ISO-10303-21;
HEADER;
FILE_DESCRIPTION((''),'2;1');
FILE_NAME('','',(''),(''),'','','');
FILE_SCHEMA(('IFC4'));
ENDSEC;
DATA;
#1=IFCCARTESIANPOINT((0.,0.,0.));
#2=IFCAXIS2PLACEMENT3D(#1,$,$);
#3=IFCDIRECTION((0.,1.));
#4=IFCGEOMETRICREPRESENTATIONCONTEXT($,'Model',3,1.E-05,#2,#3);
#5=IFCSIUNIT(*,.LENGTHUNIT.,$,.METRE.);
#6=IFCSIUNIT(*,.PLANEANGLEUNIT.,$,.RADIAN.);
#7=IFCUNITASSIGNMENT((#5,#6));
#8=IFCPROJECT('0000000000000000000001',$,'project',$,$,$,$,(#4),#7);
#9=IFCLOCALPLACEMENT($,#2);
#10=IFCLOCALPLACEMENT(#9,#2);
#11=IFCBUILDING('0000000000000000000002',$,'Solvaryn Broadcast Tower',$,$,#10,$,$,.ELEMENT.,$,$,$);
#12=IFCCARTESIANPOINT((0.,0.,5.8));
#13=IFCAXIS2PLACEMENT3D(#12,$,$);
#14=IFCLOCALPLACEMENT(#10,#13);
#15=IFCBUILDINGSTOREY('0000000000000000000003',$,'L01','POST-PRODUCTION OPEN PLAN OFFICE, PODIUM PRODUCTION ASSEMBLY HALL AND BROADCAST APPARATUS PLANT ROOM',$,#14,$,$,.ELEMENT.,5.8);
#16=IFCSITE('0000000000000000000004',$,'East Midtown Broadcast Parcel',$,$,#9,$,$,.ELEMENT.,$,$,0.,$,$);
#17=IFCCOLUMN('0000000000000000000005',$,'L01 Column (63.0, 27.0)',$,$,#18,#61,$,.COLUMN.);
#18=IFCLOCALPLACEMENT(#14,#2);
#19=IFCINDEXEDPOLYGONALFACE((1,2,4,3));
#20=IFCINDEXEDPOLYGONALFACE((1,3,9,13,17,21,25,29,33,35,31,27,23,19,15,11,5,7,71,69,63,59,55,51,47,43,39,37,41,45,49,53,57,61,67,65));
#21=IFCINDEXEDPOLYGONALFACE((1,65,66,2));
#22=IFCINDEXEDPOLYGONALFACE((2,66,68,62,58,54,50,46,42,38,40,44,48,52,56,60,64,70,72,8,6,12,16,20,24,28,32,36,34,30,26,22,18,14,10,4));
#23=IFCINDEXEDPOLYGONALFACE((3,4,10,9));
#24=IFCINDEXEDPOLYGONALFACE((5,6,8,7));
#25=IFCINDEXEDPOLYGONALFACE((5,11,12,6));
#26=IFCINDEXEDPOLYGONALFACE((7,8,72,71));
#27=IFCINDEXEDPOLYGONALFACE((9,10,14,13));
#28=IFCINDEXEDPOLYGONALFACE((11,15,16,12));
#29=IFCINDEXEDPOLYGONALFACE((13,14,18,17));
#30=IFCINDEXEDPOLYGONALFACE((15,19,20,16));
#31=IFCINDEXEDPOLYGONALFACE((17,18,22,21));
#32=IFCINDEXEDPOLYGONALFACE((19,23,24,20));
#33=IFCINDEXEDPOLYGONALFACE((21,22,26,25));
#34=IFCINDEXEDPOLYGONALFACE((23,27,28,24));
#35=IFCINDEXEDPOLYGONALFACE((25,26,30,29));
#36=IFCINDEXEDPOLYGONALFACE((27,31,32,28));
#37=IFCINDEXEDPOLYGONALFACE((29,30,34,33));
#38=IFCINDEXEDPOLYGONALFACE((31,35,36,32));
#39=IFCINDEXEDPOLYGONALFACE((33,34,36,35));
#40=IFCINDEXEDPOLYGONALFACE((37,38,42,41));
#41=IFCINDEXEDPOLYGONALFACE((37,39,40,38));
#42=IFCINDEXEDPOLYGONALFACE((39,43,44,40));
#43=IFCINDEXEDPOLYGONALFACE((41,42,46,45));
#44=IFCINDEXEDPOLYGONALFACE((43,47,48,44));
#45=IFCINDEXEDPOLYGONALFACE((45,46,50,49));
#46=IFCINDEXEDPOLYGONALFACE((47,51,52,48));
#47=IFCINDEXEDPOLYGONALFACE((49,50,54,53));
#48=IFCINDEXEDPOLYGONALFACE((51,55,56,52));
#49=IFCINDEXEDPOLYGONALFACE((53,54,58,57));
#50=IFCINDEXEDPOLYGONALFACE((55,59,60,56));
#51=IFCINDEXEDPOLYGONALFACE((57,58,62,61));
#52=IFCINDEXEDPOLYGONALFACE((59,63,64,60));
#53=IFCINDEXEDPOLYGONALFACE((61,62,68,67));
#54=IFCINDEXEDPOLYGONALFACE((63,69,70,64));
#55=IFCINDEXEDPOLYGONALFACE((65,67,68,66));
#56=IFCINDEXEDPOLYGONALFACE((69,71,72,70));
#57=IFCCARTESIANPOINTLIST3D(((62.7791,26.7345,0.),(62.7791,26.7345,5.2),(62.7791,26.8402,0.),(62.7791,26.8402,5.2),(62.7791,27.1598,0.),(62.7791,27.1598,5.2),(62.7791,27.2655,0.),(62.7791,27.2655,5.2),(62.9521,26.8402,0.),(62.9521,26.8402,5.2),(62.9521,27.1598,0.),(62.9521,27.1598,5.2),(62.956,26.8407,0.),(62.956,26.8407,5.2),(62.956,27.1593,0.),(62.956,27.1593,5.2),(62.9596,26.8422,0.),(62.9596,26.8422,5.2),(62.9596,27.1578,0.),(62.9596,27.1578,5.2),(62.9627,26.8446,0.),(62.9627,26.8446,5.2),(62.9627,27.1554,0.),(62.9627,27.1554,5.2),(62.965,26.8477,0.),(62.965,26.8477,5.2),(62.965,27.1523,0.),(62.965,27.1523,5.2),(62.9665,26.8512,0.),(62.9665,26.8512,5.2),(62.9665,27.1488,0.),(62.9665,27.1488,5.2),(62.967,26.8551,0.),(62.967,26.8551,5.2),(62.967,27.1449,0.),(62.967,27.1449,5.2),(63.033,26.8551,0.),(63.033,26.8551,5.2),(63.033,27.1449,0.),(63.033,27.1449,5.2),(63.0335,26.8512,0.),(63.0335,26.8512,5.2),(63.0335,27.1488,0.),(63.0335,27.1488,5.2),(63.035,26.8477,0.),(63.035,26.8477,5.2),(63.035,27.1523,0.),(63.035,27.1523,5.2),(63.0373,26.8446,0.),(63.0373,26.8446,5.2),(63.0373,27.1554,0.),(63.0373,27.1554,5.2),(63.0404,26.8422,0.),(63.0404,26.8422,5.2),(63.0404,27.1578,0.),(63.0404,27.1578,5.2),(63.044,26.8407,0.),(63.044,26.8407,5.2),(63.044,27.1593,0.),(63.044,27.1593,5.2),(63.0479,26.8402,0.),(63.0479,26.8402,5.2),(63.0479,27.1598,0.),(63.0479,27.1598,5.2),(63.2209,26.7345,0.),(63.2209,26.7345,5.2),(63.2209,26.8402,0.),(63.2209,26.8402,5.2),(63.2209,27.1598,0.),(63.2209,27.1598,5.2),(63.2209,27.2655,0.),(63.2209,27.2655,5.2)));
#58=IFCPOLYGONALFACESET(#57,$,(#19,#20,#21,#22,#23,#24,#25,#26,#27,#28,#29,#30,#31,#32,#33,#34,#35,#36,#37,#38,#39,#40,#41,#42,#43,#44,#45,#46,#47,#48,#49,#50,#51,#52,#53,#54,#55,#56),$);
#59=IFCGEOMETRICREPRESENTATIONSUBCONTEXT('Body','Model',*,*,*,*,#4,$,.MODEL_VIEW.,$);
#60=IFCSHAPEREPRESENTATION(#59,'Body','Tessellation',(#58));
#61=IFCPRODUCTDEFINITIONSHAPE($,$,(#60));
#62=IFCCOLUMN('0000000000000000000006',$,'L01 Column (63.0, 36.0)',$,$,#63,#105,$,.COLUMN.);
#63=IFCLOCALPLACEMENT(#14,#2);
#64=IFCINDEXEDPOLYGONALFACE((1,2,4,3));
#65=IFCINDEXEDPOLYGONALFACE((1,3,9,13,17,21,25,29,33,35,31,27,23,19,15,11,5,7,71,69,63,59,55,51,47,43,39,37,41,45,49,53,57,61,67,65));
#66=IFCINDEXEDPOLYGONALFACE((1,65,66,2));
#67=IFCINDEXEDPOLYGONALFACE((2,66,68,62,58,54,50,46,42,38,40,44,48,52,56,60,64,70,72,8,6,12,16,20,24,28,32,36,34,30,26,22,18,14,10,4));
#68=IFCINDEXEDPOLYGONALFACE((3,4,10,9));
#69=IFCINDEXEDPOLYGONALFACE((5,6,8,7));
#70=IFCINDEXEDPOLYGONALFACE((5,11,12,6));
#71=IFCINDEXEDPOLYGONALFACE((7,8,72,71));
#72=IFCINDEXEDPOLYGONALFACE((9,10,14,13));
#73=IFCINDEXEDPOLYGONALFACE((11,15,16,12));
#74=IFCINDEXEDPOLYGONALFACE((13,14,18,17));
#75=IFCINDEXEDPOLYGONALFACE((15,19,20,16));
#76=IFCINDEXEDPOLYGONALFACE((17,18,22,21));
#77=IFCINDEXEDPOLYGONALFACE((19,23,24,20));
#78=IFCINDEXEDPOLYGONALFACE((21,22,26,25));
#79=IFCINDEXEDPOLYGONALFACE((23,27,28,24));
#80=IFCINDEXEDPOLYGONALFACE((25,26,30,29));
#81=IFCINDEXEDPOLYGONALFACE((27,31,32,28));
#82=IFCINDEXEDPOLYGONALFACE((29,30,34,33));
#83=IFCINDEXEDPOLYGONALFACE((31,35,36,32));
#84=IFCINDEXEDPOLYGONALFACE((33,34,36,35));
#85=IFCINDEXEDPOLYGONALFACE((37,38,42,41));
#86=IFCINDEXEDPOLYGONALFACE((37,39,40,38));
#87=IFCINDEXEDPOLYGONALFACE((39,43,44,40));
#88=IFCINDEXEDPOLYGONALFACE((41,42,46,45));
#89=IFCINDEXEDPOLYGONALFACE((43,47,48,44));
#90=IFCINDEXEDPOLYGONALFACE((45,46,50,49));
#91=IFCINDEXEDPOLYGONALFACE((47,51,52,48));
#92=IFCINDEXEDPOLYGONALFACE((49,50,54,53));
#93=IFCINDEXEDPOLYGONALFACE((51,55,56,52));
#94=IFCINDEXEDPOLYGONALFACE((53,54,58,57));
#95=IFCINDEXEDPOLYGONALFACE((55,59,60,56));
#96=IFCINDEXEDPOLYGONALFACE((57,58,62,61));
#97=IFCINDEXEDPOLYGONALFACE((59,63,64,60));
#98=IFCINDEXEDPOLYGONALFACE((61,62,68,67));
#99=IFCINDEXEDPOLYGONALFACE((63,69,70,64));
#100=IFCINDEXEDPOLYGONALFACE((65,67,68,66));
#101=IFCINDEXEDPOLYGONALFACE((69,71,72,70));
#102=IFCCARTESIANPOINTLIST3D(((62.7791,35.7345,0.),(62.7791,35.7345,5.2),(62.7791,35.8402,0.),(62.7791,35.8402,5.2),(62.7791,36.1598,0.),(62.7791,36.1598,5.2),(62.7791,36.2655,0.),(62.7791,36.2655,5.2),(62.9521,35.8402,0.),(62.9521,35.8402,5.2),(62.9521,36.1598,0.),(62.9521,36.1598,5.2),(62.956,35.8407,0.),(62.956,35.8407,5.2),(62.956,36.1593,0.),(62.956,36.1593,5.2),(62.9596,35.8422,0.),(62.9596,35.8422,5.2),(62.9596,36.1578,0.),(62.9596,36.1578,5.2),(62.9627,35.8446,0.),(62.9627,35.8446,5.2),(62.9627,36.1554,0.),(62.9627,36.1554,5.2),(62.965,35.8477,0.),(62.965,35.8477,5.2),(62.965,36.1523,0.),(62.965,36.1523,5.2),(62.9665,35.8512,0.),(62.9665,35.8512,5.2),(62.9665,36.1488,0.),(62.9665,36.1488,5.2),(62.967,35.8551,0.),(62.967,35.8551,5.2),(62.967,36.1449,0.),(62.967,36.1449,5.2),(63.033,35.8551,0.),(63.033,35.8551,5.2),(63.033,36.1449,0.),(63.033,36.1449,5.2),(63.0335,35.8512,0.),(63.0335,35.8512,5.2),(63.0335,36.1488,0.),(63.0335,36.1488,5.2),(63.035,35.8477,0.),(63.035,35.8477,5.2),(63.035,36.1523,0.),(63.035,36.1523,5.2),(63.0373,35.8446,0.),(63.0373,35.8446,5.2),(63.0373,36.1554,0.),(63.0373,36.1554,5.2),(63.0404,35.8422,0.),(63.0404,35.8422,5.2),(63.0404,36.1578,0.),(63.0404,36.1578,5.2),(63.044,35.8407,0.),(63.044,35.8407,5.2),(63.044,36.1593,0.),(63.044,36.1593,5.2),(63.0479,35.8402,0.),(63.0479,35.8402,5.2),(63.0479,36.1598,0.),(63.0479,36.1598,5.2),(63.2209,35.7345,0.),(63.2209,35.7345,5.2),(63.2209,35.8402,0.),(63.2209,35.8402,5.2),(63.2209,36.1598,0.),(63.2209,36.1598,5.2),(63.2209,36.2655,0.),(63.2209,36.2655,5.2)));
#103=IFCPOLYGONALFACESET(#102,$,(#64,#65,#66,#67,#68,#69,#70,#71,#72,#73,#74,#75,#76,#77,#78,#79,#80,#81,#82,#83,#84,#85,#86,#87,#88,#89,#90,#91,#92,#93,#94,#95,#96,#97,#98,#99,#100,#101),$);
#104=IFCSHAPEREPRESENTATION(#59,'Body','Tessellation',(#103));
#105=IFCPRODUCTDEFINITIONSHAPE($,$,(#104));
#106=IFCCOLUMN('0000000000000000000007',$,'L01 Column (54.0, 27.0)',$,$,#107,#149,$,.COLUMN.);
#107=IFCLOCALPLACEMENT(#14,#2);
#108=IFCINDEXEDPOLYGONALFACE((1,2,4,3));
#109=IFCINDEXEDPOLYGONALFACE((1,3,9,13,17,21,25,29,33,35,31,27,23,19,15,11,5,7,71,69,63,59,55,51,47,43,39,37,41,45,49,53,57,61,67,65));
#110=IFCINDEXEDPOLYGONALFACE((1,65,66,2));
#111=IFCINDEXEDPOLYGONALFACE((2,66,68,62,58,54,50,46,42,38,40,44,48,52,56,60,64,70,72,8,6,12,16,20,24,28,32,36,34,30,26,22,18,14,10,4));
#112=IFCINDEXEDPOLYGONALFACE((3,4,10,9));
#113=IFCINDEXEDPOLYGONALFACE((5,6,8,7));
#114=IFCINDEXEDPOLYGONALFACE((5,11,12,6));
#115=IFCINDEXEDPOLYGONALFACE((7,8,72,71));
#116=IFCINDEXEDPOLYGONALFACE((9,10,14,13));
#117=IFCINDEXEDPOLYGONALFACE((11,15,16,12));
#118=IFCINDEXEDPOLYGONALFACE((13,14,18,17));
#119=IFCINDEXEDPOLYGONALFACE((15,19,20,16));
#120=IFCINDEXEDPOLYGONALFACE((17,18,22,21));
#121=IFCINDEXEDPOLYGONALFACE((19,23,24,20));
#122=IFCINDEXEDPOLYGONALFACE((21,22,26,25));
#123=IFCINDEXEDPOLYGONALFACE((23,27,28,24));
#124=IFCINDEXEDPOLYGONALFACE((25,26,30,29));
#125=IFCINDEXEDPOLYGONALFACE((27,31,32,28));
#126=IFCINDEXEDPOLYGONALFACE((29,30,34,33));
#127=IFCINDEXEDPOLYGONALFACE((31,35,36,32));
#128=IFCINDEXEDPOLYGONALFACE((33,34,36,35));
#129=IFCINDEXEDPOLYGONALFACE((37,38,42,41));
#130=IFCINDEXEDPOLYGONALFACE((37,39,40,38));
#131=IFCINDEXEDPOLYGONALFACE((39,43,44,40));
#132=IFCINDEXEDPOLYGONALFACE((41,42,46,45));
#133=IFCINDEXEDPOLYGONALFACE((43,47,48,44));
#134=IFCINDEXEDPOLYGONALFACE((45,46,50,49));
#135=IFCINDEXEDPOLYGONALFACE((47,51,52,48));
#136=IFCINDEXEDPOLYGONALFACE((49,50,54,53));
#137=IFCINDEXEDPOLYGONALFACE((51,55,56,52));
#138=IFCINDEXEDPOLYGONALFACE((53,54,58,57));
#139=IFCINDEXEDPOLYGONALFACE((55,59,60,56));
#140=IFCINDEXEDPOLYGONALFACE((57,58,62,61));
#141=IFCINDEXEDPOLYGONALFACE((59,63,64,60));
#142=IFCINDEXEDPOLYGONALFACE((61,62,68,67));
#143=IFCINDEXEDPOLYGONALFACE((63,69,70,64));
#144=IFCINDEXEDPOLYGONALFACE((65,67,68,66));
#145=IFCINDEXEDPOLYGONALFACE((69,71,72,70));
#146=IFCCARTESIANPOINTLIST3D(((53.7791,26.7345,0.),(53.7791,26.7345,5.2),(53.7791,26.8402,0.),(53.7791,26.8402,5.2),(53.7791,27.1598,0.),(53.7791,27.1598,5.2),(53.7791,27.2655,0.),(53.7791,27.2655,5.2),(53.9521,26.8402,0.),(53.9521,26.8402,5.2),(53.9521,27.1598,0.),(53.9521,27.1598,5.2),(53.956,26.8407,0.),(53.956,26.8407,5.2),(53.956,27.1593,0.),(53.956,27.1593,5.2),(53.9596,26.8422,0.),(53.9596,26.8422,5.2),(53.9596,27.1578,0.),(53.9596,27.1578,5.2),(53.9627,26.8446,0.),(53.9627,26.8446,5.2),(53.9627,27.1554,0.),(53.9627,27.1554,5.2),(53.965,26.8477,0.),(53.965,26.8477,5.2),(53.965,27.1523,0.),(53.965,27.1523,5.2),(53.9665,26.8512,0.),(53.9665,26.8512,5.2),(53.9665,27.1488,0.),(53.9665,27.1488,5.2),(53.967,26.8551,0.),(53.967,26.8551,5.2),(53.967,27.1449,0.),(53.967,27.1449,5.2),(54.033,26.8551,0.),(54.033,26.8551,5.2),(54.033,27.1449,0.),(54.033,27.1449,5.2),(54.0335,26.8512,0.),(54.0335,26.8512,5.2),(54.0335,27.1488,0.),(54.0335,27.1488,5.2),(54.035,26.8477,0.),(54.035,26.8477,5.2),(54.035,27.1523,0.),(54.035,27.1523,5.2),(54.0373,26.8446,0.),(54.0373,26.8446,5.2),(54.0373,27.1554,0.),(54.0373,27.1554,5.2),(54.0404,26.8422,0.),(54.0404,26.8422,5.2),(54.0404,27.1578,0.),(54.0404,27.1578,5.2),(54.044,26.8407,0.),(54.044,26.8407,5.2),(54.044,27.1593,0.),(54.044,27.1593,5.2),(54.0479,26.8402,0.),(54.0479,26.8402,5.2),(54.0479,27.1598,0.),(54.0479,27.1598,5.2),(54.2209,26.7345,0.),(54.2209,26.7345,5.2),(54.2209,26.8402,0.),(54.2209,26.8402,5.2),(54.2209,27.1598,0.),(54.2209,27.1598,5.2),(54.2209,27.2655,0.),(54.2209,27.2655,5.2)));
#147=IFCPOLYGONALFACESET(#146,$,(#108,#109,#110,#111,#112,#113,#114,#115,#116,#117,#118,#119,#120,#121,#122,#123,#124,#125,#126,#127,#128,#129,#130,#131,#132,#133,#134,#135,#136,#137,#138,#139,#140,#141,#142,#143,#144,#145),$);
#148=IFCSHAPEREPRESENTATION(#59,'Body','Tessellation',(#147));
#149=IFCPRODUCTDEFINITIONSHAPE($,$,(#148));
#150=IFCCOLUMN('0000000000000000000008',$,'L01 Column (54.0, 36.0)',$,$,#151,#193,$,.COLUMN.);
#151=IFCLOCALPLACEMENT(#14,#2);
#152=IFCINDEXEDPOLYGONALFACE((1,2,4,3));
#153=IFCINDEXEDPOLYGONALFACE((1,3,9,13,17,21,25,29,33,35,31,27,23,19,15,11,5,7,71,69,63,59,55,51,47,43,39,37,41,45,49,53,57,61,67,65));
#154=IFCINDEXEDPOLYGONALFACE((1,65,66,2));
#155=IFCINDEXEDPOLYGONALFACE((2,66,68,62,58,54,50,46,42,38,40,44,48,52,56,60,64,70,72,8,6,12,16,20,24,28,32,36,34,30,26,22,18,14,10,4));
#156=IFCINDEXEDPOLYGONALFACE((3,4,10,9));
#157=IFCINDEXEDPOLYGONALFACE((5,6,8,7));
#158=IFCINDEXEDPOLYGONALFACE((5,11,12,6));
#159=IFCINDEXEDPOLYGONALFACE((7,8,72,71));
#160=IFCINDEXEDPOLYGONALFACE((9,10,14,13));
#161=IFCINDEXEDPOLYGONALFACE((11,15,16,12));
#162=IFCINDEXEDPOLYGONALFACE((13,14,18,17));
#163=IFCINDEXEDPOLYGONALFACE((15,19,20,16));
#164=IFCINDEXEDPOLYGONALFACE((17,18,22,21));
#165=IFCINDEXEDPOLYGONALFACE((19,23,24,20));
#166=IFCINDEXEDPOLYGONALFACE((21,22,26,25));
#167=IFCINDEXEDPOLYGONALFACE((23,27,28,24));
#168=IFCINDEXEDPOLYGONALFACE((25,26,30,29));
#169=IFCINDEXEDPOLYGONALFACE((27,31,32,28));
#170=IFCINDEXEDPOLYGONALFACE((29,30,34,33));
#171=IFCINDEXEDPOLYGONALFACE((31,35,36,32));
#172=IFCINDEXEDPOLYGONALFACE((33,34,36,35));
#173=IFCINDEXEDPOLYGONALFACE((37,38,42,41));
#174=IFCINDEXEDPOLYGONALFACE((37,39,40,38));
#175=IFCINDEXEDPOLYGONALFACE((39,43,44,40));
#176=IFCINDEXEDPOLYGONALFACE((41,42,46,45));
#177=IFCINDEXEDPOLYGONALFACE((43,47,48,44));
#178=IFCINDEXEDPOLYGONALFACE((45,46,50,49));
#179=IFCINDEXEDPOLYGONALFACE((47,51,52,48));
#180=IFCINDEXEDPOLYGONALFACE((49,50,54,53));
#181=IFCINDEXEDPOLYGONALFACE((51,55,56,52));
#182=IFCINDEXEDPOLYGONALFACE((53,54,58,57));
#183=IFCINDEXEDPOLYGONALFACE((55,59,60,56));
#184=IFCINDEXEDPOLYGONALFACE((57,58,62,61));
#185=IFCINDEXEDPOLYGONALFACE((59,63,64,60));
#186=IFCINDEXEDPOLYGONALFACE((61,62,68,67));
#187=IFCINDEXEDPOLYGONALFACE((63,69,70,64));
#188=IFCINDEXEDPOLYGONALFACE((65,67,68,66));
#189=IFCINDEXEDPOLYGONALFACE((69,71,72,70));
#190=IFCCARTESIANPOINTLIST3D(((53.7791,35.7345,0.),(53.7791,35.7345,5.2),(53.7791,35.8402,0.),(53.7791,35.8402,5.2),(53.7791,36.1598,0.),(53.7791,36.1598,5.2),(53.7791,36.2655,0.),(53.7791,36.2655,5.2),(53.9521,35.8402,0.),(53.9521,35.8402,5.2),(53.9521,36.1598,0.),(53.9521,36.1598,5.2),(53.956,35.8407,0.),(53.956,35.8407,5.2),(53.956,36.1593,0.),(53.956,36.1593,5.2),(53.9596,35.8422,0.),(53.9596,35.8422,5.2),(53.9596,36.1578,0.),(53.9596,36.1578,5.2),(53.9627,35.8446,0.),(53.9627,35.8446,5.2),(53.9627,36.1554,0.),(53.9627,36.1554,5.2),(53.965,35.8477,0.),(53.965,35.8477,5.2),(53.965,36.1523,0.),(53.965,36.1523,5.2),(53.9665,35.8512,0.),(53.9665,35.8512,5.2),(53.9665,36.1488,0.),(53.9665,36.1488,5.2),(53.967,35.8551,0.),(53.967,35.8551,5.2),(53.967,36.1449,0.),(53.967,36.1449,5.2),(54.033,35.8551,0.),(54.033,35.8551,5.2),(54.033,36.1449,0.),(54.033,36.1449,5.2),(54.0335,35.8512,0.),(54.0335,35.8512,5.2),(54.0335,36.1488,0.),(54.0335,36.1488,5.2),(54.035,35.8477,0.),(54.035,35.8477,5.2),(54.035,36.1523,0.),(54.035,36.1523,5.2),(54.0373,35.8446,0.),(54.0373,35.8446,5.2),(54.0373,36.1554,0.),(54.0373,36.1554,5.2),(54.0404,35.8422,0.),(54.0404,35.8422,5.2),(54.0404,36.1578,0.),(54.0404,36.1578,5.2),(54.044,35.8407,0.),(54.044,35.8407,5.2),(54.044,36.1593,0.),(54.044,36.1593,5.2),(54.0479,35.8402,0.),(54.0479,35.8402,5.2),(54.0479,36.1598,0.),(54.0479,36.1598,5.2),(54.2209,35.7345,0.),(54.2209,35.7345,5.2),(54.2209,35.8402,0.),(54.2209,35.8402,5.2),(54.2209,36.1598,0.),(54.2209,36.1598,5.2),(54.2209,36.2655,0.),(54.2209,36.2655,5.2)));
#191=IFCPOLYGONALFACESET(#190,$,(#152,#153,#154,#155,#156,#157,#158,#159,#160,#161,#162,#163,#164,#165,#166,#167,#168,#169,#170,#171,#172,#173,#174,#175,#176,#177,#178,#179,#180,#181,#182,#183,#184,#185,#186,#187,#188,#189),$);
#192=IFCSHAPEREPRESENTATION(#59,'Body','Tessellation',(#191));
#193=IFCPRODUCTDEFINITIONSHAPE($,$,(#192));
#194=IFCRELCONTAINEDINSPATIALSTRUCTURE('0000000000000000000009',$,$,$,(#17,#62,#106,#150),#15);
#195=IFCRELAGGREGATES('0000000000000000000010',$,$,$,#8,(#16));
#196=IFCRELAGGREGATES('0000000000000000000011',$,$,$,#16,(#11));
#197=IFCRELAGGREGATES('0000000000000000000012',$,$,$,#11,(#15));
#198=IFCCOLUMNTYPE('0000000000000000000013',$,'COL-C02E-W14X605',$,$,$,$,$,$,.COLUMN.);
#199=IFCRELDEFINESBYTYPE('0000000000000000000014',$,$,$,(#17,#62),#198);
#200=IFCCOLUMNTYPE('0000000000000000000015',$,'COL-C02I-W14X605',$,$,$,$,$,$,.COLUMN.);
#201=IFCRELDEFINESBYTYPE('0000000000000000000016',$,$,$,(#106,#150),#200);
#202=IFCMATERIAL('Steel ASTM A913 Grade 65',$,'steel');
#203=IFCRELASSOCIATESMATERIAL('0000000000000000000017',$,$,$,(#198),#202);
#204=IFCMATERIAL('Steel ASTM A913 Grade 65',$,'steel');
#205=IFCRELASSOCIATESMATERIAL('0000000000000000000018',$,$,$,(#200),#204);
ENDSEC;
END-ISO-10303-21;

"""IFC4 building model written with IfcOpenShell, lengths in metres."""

from ifc_helpers import new_model, si_unit, direction, frame, origin, origin_2d, place, context, subcontext, project, spatial, i_section, extrude, material, material_profile, profile_set, type_object, element, save


model = new_model("IFC4")

# Units and contexts
model_context = context("Model", 3, precision=1e-05, world=origin(), true_north=direction((0.0, 1.0)))
body_context = subcontext(model_context, "Body", "Model", "MODEL_VIEW")
ifc_project = project(units=[si_unit("LENGTHUNIT", "METRE"), si_unit("PLANEANGLEUNIT", "RADIAN")], contexts=[model_context])

# Site, building, storey
site_placement = place(None, origin())
site = spatial("IfcSite", under=ifc_project, at=site_placement, Name="East Midtown Broadcast Parcel", CompositionType="ELEMENT", RefElevation=0.0)
building_placement = place(site_placement, origin())
building = spatial("IfcBuilding", under=site, at=building_placement, Name="Solvaryn Broadcast Tower", CompositionType="ELEMENT")
storey_placement = place(building_placement, frame((0.0, 0.0, 5.8)))
storey = spatial("IfcBuildingStorey", under=building, at=storey_placement, Name="L01", Description="POST-PRODUCTION OPEN PLAN OFFICE, PODIUM PRODUCTION ASSEMBLY HALL AND BROADCAST APPARATUS PLANT ROOM", CompositionType="ELEMENT", Elevation=5.8)

# Columns
ifc_material_1 = material(Name="Steel ASTM A913 Grade 65", Category="steel")
ifc_material_profile_1 = material_profile(ifc_material_1, i_section(OverallWidth=0.4419, OverallDepth=0.531, WebThickness=0.0659, FlangeThickness=0.1057, FilletRadius=0.0149, at=origin_2d()))
ifc_profile_set_1 = profile_set([ifc_material_profile_1], Name="Steel ASTM A913 Grade 65")
column_type_1 = type_object("IfcColumnType", Name="COL-C02E-W14X605", PredefinedType="COLUMN", material=ifc_profile_set_1)
for number, where, z_axis, x_axis, name in (
    (1, (63.0, 27.0, 0.0), (0.0, 0.0, 1.0), (1.0, 0.0, 0.0), "L01 Column (63.0, 27.0)"),
    (2, (63.0, 36.0, 0.0), (0.0, 0.0, 1.0), (1.0, 0.0, 0.0), "L01 Column (63.0, 36.0)"),
):
    element("IfcColumn", number, at=place(storey_placement, frame(where, z_axis=z_axis, x_axis=x_axis)), inside=storey, type_object=column_type_1, Name=name, PredefinedType="COLUMN", context=body_context, shape_type="SweptSolid", body=[
        extrude(i_section(OverallWidth=0.4419, OverallDepth=0.531, WebThickness=0.0659, FlangeThickness=0.1057, FilletRadius=0.0149, at=origin_2d()), origin(), (0.0, 0.0, 1.0), 5.2),
    ])
ifc_material_2 = material(Name="Steel ASTM A913 Grade 65", Category="steel")
ifc_material_profile_2 = material_profile(ifc_material_2, i_section(OverallWidth=0.4419, OverallDepth=0.531, WebThickness=0.0659, FlangeThickness=0.1057, FilletRadius=0.0149, at=origin_2d()))
ifc_profile_set_2 = profile_set([ifc_material_profile_2], Name="Steel ASTM A913 Grade 65")
column_type_2 = type_object("IfcColumnType", Name="COL-C02I-W14X605", PredefinedType="COLUMN", material=ifc_profile_set_2)
for number, where, z_axis, x_axis, name in (
    (3, (54.0, 27.0, 0.0), (0.0, 0.0, 1.0), (1.0, 0.0, 0.0), "L01 Column (54.0, 27.0)"),
    (4, (54.0, 36.0, 0.0), (0.0, 0.0, 1.0), (1.0, 0.0, 0.0), "L01 Column (54.0, 36.0)"),
):
    element("IfcColumn", number, at=place(storey_placement, frame(where, z_axis=z_axis, x_axis=x_axis)), inside=storey, type_object=column_type_2, Name=name, PredefinedType="COLUMN", context=body_context, shape_type="SweptSolid", body=[
        extrude(i_section(OverallWidth=0.4419, OverallDepth=0.531, WebThickness=0.0659, FlangeThickness=0.1057, FilletRadius=0.0149, at=origin_2d()), origin(), (0.0, 0.0, 1.0), 5.2),
    ])

save(model, "model.ifc")
